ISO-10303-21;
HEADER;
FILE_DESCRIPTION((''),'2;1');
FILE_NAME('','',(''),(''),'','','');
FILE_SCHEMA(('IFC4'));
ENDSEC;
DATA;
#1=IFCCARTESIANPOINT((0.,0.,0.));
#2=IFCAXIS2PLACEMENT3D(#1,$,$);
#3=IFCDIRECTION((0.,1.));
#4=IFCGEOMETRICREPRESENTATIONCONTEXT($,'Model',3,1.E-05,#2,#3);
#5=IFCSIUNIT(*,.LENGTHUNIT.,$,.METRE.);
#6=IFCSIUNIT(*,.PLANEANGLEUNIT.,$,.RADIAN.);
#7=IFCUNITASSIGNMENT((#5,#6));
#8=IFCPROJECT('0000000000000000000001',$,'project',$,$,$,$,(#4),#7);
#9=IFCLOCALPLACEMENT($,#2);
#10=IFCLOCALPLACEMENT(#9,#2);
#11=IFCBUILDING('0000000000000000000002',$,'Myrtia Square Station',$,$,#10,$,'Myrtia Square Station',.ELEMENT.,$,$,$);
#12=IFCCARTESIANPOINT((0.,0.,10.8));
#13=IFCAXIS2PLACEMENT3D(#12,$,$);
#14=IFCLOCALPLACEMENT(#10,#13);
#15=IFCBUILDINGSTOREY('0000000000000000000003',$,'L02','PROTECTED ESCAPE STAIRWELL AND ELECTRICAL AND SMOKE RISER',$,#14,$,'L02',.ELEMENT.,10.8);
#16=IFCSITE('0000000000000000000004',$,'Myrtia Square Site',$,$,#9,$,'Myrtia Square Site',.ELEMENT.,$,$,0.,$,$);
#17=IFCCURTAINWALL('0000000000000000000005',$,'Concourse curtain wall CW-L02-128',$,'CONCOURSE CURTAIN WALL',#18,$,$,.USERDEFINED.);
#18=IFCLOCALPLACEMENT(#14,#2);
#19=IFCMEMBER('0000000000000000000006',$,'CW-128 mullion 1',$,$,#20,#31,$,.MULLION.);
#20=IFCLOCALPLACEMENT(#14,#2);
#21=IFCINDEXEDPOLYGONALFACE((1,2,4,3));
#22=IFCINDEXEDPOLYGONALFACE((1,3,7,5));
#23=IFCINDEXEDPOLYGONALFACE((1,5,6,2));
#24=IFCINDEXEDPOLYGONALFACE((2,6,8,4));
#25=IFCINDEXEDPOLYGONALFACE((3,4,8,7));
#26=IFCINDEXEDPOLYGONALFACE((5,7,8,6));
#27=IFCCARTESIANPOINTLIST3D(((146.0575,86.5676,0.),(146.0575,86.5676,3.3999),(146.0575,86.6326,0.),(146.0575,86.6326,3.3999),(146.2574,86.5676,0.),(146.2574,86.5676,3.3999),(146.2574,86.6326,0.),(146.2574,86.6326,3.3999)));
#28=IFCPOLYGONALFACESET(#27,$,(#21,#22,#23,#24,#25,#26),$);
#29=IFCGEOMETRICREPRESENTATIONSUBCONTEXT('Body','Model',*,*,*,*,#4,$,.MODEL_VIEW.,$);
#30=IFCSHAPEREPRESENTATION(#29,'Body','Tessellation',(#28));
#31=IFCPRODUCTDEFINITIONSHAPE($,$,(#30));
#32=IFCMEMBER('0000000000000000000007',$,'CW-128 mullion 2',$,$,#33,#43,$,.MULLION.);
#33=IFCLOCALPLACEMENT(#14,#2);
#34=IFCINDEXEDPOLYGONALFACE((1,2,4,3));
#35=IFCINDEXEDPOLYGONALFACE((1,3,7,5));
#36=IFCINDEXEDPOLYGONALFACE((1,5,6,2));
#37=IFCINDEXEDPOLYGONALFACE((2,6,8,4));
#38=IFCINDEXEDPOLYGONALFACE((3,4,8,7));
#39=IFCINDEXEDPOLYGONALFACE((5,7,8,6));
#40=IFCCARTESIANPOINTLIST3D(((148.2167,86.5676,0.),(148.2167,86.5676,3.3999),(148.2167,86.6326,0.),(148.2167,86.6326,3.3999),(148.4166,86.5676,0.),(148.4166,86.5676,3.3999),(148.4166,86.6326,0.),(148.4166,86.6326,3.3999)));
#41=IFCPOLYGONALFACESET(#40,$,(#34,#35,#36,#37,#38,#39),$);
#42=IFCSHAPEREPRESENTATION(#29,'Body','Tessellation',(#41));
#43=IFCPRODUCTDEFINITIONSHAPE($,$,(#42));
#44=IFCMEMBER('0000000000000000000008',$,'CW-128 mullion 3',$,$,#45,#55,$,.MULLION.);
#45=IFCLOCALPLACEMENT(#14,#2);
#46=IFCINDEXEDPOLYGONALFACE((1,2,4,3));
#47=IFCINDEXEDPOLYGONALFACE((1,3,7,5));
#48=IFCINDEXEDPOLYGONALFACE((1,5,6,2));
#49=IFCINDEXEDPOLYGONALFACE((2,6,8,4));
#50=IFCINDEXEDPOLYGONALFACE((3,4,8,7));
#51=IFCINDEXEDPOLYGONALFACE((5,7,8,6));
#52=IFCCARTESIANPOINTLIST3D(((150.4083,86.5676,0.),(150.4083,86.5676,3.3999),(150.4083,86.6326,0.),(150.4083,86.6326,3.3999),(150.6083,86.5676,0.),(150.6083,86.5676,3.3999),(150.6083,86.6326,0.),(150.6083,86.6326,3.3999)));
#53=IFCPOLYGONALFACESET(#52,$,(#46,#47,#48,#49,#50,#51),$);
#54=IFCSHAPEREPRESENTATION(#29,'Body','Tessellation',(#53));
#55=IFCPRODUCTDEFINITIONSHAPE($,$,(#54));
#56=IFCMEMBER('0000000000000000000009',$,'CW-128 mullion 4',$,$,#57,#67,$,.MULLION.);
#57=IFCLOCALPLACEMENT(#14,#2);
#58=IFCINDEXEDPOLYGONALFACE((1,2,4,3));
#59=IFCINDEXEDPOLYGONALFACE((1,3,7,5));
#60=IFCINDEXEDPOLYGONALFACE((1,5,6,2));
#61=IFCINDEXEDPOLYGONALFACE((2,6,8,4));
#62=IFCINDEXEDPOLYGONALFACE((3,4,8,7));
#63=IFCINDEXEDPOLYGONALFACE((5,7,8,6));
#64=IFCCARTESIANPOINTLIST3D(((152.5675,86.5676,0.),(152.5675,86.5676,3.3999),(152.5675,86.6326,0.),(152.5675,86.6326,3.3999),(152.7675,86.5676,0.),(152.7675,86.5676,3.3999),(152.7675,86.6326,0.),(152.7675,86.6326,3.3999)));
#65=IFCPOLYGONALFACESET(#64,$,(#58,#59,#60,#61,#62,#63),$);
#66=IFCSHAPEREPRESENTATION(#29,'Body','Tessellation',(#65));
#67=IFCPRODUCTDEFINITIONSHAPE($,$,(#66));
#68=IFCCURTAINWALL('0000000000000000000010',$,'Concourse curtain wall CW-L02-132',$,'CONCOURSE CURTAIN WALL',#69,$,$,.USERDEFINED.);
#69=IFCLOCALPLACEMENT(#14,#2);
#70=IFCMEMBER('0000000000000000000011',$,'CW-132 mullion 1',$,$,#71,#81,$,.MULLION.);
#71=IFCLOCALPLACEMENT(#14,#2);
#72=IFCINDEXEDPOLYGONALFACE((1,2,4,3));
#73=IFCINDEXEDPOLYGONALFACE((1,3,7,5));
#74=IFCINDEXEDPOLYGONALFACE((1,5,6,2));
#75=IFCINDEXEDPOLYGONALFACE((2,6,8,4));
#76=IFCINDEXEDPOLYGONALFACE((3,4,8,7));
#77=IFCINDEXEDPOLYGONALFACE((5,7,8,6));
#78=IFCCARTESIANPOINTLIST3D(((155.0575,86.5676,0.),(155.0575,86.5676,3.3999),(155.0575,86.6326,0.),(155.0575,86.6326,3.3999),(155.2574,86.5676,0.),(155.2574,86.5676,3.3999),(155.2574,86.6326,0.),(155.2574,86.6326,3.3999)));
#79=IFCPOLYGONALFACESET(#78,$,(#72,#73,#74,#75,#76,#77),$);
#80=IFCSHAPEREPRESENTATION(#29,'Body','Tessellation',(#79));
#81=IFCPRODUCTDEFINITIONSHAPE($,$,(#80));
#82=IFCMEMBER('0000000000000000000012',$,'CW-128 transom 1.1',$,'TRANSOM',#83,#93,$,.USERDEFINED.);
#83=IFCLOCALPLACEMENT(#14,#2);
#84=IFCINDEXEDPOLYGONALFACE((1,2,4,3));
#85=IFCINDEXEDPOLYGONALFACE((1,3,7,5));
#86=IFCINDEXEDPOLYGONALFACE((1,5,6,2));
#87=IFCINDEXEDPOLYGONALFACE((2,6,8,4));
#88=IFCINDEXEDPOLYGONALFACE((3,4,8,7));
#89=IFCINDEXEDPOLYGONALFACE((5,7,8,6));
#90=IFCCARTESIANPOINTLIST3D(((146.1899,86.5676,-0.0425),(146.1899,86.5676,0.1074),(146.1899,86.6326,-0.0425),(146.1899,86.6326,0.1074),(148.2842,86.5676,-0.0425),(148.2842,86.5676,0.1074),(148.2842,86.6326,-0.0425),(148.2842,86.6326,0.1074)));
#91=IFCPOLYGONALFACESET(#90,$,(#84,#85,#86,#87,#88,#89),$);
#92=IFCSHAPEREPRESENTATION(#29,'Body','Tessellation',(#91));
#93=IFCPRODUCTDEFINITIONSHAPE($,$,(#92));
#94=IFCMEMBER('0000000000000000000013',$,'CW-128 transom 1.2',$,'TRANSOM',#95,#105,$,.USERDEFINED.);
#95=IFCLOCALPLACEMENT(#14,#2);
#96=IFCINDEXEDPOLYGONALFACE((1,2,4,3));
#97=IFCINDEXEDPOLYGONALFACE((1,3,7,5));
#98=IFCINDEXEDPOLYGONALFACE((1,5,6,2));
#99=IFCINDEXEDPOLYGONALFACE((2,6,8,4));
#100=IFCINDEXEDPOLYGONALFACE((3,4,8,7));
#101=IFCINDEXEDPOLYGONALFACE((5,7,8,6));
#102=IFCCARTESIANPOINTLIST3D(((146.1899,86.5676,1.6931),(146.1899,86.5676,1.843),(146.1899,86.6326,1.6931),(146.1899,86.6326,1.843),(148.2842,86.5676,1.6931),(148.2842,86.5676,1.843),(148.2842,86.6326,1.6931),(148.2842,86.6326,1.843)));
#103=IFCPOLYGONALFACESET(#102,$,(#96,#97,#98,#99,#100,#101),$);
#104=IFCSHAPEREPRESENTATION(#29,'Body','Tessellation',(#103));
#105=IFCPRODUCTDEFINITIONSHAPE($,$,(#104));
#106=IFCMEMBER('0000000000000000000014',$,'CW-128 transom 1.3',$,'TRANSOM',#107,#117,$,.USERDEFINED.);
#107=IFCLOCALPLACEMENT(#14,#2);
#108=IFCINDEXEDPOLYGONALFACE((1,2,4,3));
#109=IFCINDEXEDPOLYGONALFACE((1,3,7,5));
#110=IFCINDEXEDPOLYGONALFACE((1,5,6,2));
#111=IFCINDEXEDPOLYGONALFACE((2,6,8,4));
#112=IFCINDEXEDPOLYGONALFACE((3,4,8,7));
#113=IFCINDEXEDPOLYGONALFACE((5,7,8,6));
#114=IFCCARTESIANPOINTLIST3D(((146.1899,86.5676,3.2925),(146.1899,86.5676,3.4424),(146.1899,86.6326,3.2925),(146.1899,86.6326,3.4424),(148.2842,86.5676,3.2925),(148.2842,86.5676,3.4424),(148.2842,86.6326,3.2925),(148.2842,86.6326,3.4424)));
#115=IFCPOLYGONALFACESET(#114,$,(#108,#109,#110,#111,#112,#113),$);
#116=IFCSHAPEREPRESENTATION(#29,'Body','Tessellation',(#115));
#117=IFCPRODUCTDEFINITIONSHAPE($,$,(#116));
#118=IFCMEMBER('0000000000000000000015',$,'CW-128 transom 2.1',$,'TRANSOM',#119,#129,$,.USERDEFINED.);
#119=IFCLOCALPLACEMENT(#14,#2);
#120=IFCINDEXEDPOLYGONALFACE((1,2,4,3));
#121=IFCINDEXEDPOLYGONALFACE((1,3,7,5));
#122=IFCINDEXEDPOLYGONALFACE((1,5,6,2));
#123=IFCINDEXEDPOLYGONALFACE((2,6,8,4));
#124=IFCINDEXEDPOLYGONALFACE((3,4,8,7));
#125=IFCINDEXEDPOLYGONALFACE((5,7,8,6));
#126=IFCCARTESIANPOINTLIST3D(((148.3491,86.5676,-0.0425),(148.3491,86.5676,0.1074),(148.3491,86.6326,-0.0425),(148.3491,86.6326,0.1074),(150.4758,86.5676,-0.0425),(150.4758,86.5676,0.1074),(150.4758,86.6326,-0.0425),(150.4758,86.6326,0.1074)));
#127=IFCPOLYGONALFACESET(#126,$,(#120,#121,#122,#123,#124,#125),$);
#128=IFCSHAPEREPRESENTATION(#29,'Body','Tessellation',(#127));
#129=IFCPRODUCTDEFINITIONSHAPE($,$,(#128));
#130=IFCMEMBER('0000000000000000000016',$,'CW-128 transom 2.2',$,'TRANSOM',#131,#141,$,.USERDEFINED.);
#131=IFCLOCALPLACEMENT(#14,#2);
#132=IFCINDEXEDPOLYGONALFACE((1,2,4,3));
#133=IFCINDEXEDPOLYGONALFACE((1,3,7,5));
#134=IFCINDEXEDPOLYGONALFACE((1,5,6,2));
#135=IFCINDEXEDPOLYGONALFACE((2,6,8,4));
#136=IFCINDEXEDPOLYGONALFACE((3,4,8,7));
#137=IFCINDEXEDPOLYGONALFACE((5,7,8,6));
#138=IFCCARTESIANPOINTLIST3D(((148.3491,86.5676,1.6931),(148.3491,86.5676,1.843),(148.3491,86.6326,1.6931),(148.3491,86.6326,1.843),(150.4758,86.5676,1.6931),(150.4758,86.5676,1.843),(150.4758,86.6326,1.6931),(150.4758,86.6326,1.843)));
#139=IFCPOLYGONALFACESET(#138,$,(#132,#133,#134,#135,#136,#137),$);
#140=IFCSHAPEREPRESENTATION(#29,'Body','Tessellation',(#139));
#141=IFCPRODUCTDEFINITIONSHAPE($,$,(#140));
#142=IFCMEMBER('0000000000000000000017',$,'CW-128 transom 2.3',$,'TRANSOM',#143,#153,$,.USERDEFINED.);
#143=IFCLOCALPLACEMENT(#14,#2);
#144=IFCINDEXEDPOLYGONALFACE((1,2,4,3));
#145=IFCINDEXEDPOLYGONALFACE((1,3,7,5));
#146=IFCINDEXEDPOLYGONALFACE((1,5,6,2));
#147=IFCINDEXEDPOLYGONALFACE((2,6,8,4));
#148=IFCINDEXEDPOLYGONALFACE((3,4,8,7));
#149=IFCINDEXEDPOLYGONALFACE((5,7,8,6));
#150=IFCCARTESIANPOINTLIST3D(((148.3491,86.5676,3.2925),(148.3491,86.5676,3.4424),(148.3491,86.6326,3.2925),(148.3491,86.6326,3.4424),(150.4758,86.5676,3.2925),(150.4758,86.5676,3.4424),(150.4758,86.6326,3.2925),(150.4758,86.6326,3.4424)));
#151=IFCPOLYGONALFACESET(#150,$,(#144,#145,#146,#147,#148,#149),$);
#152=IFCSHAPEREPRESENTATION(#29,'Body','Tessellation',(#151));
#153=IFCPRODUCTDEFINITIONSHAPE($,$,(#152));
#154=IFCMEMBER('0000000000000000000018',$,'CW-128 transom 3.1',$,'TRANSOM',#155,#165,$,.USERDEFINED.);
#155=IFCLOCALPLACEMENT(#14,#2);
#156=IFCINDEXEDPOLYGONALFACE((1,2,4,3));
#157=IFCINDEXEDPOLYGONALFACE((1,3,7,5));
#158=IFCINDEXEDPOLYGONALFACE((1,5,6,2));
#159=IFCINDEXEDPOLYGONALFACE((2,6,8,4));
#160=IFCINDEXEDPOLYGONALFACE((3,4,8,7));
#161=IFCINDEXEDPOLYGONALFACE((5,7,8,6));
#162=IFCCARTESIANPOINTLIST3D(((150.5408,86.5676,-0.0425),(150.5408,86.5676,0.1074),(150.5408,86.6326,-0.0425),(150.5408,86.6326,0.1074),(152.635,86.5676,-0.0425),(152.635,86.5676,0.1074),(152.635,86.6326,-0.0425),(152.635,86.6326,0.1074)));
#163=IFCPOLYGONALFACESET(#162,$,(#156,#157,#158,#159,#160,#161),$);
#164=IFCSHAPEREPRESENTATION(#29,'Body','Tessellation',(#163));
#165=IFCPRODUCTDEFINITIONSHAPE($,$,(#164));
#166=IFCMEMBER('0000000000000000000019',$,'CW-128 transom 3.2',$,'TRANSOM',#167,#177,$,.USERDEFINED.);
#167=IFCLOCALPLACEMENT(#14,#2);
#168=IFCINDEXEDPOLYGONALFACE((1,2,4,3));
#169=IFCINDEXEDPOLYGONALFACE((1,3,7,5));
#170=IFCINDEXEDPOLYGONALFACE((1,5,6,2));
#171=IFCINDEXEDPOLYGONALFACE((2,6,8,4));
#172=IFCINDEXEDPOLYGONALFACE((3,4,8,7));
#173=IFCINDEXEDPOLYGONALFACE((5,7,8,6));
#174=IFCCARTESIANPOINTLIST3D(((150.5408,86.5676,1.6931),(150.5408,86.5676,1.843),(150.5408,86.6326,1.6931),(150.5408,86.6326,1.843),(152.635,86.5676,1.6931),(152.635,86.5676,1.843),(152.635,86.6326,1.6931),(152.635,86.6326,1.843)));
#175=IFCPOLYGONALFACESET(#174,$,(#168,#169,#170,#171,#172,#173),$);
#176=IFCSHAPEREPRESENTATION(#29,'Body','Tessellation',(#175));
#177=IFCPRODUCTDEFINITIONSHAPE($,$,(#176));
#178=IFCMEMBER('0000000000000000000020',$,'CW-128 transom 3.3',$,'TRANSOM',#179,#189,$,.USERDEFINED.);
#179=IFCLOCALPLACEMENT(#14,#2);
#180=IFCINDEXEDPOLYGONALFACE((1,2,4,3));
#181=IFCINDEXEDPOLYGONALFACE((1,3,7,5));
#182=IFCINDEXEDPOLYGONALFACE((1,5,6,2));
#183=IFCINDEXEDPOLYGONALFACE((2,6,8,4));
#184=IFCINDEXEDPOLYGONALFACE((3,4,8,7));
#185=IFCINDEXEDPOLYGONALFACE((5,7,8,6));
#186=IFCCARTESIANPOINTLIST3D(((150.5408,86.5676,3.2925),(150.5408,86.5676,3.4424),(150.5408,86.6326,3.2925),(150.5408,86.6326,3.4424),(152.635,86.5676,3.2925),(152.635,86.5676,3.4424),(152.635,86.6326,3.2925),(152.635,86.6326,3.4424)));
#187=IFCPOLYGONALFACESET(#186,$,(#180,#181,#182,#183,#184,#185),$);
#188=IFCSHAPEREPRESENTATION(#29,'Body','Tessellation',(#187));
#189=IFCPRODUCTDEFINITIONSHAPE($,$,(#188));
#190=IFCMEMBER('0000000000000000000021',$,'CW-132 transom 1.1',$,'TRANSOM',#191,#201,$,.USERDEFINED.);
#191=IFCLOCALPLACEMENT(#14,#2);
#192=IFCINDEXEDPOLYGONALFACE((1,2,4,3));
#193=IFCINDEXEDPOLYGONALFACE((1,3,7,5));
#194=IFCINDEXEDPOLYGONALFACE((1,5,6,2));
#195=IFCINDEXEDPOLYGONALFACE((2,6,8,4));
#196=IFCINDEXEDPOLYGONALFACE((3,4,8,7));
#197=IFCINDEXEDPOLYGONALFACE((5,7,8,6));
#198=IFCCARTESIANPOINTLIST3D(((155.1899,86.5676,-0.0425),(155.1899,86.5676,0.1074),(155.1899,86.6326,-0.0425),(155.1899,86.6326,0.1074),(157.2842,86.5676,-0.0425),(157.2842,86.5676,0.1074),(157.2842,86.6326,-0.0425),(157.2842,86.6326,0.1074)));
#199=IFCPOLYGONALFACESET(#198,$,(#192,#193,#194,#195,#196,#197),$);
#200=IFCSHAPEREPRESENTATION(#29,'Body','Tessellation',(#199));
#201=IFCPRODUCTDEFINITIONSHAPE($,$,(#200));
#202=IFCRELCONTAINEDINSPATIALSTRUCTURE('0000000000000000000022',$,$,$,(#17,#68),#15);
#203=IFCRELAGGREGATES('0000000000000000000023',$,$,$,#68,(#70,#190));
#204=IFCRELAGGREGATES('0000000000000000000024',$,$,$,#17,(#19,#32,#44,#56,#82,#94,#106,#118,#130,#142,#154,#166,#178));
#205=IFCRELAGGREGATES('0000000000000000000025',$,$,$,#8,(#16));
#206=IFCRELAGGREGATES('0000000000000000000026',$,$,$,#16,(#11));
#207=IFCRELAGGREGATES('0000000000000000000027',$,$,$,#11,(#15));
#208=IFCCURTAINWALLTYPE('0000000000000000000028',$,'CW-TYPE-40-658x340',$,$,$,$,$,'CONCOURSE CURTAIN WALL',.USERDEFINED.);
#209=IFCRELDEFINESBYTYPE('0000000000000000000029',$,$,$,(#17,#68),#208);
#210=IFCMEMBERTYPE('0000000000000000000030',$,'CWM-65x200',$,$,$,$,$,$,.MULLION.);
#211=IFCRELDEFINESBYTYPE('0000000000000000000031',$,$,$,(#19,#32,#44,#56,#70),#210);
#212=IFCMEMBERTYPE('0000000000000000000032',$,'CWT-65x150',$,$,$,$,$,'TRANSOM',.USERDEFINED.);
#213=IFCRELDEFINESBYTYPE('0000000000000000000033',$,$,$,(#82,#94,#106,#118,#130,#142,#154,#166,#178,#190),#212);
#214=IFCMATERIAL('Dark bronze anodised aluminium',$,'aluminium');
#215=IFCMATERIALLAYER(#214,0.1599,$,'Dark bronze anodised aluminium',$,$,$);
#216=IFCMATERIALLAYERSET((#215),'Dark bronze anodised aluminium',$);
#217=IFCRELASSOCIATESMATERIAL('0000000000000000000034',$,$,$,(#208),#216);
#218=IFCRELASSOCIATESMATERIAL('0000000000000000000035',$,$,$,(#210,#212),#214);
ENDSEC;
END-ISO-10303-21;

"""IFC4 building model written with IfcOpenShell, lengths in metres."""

from ifc_helpers import new_model, si_unit, direction, frame, origin, origin_2d, place, context, subcontext, project, spatial, rectangle, extrude, material, layer, layer_set, material_profile, profile_set, type_object, element, aggregate, save


model = new_model("IFC4")

# Units and contexts
model_context = context("Model", 3, precision=1e-05, world=origin(), true_north=direction((0.0, 1.0)))
body_context = subcontext(model_context, "Body", "Model", "MODEL_VIEW")
ifc_project = project(units=[si_unit("LENGTHUNIT", "METRE"), si_unit("PLANEANGLEUNIT", "RADIAN")], contexts=[model_context])

# Site, building, storey
site_placement = place(None, origin())
site = spatial("IfcSite", under=ifc_project, at=site_placement, Name="Myrtia Square Site", LongName="Myrtia Square Site", CompositionType="ELEMENT", RefElevation=0.0)
building_placement = place(site_placement, origin())
building = spatial("IfcBuilding", under=site, at=building_placement, Name="Myrtia Square Station", LongName="Myrtia Square Station", CompositionType="ELEMENT")
storey_placement = place(building_placement, frame((0.0, 0.0, 10.8)))
storey = spatial("IfcBuildingStorey", under=building, at=storey_placement, Name="L02", Description="PROTECTED ESCAPE STAIRWELL AND ELECTRICAL AND SMOKE RISER", LongName="L02", CompositionType="ELEMENT", Elevation=10.8)

# Curtain wall, members
ifc_material_1 = material(Name="Dark bronze anodised aluminium", Category="aluminium")
ifc_layer_1 = layer(ifc_material_1, 0.1599, Name="Dark bronze anodised aluminium")
ifc_layer_set_1 = layer_set([ifc_layer_1], Name="Dark bronze anodised aluminium")
curtain_wall_type = type_object("IfcCurtainWallType", Name="CW-TYPE-40-658x340", ElementType="CONCOURSE CURTAIN WALL", PredefinedType="USERDEFINED", material=ifc_layer_set_1)
curtain_wall_1_placement = place(storey_placement, origin())
curtain_wall_1 = element("IfcCurtainWall", 1, at=curtain_wall_1_placement, inside=storey, type_object=curtain_wall_type, Name="Concourse curtain wall CW-L02-128", ObjectType="CONCOURSE CURTAIN WALL", PredefinedType="USERDEFINED")
ifc_material_profile_1 = material_profile(ifc_material_1, rectangle(XDim=0.0649, YDim=0.2, at=origin_2d()), Name="ALU-M 65x200")
ifc_profile_set_1 = profile_set([ifc_material_profile_1], Name="Dark bronze anodised aluminium")
member_type_1 = type_object("IfcMemberType", Name="CWM-65x200", PredefinedType="MULLION", material=ifc_profile_set_1)
member_1_placement = place(storey_placement, frame((146.1575, 86.6001, 0.0), z_axis=(0.0, 0.0, 1.0), x_axis=(0.0, 1.0, 0.0)))
member_1 = element("IfcMember", 2, at=member_1_placement, type_object=member_type_1, Name="CW-128 mullion 1", PredefinedType="MULLION", context=body_context, shape_type="SweptSolid", body=[
    extrude(rectangle(XDim=0.0649, YDim=0.2, at=origin_2d()), origin(), (0.0, 0.0, 1.0), 3.3999),
])
member_2_placement = place(storey_placement, frame((148.3167, 86.6001, 0.0), z_axis=(0.0, 0.0, 1.0), x_axis=(0.0, 1.0, 0.0)))
member_2 = element("IfcMember", 3, at=member_2_placement, type_object=member_type_1, Name="CW-128 mullion 2", PredefinedType="MULLION", context=body_context, shape_type="SweptSolid", body=[
    extrude(rectangle(XDim=0.0649, YDim=0.2, at=origin_2d()), origin(), (0.0, 0.0, 1.0), 3.3999),
])
member_3_placement = place(storey_placement, frame((150.5083, 86.6001, 0.0), z_axis=(0.0, 0.0, 1.0), x_axis=(0.0, 1.0, 0.0)))
member_3 = element("IfcMember", 4, at=member_3_placement, type_object=member_type_1, Name="CW-128 mullion 3", PredefinedType="MULLION", context=body_context, shape_type="SweptSolid", body=[
    extrude(rectangle(XDim=0.0649, YDim=0.2, at=origin_2d()), origin(), (0.0, 0.0, 1.0), 3.3999),
])
member_4_placement = place(storey_placement, frame((152.6675, 86.6001, 0.0), z_axis=(0.0, 0.0, 1.0), x_axis=(0.0, 1.0, 0.0)))
member_4 = element("IfcMember", 5, at=member_4_placement, type_object=member_type_1, Name="CW-128 mullion 4", PredefinedType="MULLION", context=body_context, shape_type="SweptSolid", body=[
    extrude(rectangle(XDim=0.0649, YDim=0.2, at=origin_2d()), origin(), (0.0, 0.0, 1.0), 3.3999),
])

# Curtain wall, member
curtain_wall_2_placement = place(storey_placement, origin())
curtain_wall_2 = element("IfcCurtainWall", 6, at=curtain_wall_2_placement, inside=storey, type_object=curtain_wall_type, Name="Concourse curtain wall CW-L02-132", ObjectType="CONCOURSE CURTAIN WALL", PredefinedType="USERDEFINED")
member_5_placement = place(storey_placement, frame((155.1575, 86.6001, 0.0), z_axis=(0.0, 0.0, 1.0), x_axis=(0.0, 1.0, 0.0)))
member_5 = element("IfcMember", 7, at=member_5_placement, type_object=member_type_1, Name="CW-132 mullion 1", PredefinedType="MULLION", context=body_context, shape_type="SweptSolid", body=[
    extrude(rectangle(XDim=0.0649, YDim=0.2, at=origin_2d()), origin(), (0.0, 0.0, 1.0), 3.3999),
])

# Members
ifc_material_profile_2 = material_profile(ifc_material_1, rectangle(XDim=0.0649, YDim=0.1499, at=origin_2d()), Name="ALU-T 65x150")
ifc_profile_set_2 = profile_set([ifc_material_profile_2], Name="Dark bronze anodised aluminium")
member_type_2 = type_object("IfcMemberType", Name="CWT-65x150", ElementType="TRANSOM", PredefinedType="USERDEFINED", material=ifc_profile_set_2)
member_6_placement = place(storey_placement, frame((146.1899, 86.6001, 0.0325), z_axis=(1.0, 0.0, 0.0), x_axis=(0.0, 1.0, 0.0)))
member_6 = element("IfcMember", 8, at=member_6_placement, type_object=member_type_2, Name="CW-128 transom 1.1", ObjectType="TRANSOM", PredefinedType="USERDEFINED", context=body_context, shape_type="SweptSolid", body=[
    extrude(rectangle(XDim=0.0649, YDim=0.1499, at=origin_2d()), origin(), (0.0, 0.0, 1.0), 2.0942),
])
member_7_placement = place(storey_placement, frame((146.1899, 86.6001, 1.7681), z_axis=(1.0, 0.0, 0.0), x_axis=(0.0, 1.0, 0.0)))
member_7 = element("IfcMember", 9, at=member_7_placement, type_object=member_type_2, Name="CW-128 transom 1.2", ObjectType="TRANSOM", PredefinedType="USERDEFINED", context=body_context, shape_type="SweptSolid", body=[
    extrude(rectangle(XDim=0.0649, YDim=0.1499, at=origin_2d()), origin(), (0.0, 0.0, 1.0), 2.0942),
])
member_8_placement = place(storey_placement, frame((146.1899, 86.6001, 3.3674), z_axis=(1.0, 0.0, 0.0), x_axis=(0.0, 1.0, 0.0)))
member_8 = element("IfcMember", 10, at=member_8_placement, type_object=member_type_2, Name="CW-128 transom 1.3", ObjectType="TRANSOM", PredefinedType="USERDEFINED", context=body_context, shape_type="SweptSolid", body=[
    extrude(rectangle(XDim=0.0649, YDim=0.1499, at=origin_2d()), origin(), (0.0, 0.0, 1.0), 2.0942),
])
member_9_placement = place(storey_placement, frame((148.3491, 86.6001, 0.0325), z_axis=(1.0, 0.0, 0.0), x_axis=(0.0, 1.0, 0.0)))
member_9 = element("IfcMember", 11, at=member_9_placement, type_object=member_type_2, Name="CW-128 transom 2.1", ObjectType="TRANSOM", PredefinedType="USERDEFINED", context=body_context, shape_type="SweptSolid", body=[
    extrude(rectangle(XDim=0.0649, YDim=0.1499, at=origin_2d()), origin(), (0.0, 0.0, 1.0), 2.1267),
])
member_10_placement = place(storey_placement, frame((148.3491, 86.6001, 1.7681), z_axis=(1.0, 0.0, 0.0), x_axis=(0.0, 1.0, 0.0)))
member_10 = element("IfcMember", 12, at=member_10_placement, type_object=member_type_2, Name="CW-128 transom 2.2", ObjectType="TRANSOM", PredefinedType="USERDEFINED", context=body_context, shape_type="SweptSolid", body=[
    extrude(rectangle(XDim=0.0649, YDim=0.1499, at=origin_2d()), origin(), (0.0, 0.0, 1.0), 2.1267),
])
member_11_placement = place(storey_placement, frame((148.3491, 86.6001, 3.3674), z_axis=(1.0, 0.0, 0.0), x_axis=(0.0, 1.0, 0.0)))
member_11 = element("IfcMember", 13, at=member_11_placement, type_object=member_type_2, Name="CW-128 transom 2.3", ObjectType="TRANSOM", PredefinedType="USERDEFINED", context=body_context, shape_type="SweptSolid", body=[
    extrude(rectangle(XDim=0.0649, YDim=0.1499, at=origin_2d()), origin(), (0.0, 0.0, 1.0), 2.1267),
])
member_12_placement = place(storey_placement, frame((150.5408, 86.6001, 0.0325), z_axis=(1.0, 0.0, 0.0), x_axis=(0.0, 1.0, 0.0)))
member_12 = element("IfcMember", 14, at=member_12_placement, type_object=member_type_2, Name="CW-128 transom 3.1", ObjectType="TRANSOM", PredefinedType="USERDEFINED", context=body_context, shape_type="SweptSolid", body=[
    extrude(rectangle(XDim=0.0649, YDim=0.1499, at=origin_2d()), origin(), (0.0, 0.0, 1.0), 2.0942),
])
member_13_placement = place(storey_placement, frame((150.5408, 86.6001, 1.7681), z_axis=(1.0, 0.0, 0.0), x_axis=(0.0, 1.0, 0.0)))
member_13 = element("IfcMember", 15, at=member_13_placement, type_object=member_type_2, Name="CW-128 transom 3.2", ObjectType="TRANSOM", PredefinedType="USERDEFINED", context=body_context, shape_type="SweptSolid", body=[
    extrude(rectangle(XDim=0.0649, YDim=0.1499, at=origin_2d()), origin(), (0.0, 0.0, 1.0), 2.0942),
])
member_14_placement = place(storey_placement, frame((150.5408, 86.6001, 3.3674), z_axis=(1.0, 0.0, 0.0), x_axis=(0.0, 1.0, 0.0)))
member_14 = element("IfcMember", 16, at=member_14_placement, type_object=member_type_2, Name="CW-128 transom 3.3", ObjectType="TRANSOM", PredefinedType="USERDEFINED", context=body_context, shape_type="SweptSolid", body=[
    extrude(rectangle(XDim=0.0649, YDim=0.1499, at=origin_2d()), origin(), (0.0, 0.0, 1.0), 2.0942),
])
member_15_placement = place(storey_placement, frame((155.1899, 86.6001, 0.0325), z_axis=(1.0, 0.0, 0.0), x_axis=(0.0, 1.0, 0.0)))
member_15 = element("IfcMember", 17, at=member_15_placement, type_object=member_type_2, Name="CW-132 transom 1.1", ObjectType="TRANSOM", PredefinedType="USERDEFINED", context=body_context, shape_type="SweptSolid", body=[
    extrude(rectangle(XDim=0.0649, YDim=0.1499, at=origin_2d()), origin(), (0.0, 0.0, 1.0), 2.0942),
])
aggregate(curtain_wall_2, [member_5, member_15])

aggregate(curtain_wall_1, [member_1, member_2, member_3, member_4, member_6, member_7, member_8, member_9, member_10, member_11, member_12, member_13, member_14])

save(model, "model.ifc")
